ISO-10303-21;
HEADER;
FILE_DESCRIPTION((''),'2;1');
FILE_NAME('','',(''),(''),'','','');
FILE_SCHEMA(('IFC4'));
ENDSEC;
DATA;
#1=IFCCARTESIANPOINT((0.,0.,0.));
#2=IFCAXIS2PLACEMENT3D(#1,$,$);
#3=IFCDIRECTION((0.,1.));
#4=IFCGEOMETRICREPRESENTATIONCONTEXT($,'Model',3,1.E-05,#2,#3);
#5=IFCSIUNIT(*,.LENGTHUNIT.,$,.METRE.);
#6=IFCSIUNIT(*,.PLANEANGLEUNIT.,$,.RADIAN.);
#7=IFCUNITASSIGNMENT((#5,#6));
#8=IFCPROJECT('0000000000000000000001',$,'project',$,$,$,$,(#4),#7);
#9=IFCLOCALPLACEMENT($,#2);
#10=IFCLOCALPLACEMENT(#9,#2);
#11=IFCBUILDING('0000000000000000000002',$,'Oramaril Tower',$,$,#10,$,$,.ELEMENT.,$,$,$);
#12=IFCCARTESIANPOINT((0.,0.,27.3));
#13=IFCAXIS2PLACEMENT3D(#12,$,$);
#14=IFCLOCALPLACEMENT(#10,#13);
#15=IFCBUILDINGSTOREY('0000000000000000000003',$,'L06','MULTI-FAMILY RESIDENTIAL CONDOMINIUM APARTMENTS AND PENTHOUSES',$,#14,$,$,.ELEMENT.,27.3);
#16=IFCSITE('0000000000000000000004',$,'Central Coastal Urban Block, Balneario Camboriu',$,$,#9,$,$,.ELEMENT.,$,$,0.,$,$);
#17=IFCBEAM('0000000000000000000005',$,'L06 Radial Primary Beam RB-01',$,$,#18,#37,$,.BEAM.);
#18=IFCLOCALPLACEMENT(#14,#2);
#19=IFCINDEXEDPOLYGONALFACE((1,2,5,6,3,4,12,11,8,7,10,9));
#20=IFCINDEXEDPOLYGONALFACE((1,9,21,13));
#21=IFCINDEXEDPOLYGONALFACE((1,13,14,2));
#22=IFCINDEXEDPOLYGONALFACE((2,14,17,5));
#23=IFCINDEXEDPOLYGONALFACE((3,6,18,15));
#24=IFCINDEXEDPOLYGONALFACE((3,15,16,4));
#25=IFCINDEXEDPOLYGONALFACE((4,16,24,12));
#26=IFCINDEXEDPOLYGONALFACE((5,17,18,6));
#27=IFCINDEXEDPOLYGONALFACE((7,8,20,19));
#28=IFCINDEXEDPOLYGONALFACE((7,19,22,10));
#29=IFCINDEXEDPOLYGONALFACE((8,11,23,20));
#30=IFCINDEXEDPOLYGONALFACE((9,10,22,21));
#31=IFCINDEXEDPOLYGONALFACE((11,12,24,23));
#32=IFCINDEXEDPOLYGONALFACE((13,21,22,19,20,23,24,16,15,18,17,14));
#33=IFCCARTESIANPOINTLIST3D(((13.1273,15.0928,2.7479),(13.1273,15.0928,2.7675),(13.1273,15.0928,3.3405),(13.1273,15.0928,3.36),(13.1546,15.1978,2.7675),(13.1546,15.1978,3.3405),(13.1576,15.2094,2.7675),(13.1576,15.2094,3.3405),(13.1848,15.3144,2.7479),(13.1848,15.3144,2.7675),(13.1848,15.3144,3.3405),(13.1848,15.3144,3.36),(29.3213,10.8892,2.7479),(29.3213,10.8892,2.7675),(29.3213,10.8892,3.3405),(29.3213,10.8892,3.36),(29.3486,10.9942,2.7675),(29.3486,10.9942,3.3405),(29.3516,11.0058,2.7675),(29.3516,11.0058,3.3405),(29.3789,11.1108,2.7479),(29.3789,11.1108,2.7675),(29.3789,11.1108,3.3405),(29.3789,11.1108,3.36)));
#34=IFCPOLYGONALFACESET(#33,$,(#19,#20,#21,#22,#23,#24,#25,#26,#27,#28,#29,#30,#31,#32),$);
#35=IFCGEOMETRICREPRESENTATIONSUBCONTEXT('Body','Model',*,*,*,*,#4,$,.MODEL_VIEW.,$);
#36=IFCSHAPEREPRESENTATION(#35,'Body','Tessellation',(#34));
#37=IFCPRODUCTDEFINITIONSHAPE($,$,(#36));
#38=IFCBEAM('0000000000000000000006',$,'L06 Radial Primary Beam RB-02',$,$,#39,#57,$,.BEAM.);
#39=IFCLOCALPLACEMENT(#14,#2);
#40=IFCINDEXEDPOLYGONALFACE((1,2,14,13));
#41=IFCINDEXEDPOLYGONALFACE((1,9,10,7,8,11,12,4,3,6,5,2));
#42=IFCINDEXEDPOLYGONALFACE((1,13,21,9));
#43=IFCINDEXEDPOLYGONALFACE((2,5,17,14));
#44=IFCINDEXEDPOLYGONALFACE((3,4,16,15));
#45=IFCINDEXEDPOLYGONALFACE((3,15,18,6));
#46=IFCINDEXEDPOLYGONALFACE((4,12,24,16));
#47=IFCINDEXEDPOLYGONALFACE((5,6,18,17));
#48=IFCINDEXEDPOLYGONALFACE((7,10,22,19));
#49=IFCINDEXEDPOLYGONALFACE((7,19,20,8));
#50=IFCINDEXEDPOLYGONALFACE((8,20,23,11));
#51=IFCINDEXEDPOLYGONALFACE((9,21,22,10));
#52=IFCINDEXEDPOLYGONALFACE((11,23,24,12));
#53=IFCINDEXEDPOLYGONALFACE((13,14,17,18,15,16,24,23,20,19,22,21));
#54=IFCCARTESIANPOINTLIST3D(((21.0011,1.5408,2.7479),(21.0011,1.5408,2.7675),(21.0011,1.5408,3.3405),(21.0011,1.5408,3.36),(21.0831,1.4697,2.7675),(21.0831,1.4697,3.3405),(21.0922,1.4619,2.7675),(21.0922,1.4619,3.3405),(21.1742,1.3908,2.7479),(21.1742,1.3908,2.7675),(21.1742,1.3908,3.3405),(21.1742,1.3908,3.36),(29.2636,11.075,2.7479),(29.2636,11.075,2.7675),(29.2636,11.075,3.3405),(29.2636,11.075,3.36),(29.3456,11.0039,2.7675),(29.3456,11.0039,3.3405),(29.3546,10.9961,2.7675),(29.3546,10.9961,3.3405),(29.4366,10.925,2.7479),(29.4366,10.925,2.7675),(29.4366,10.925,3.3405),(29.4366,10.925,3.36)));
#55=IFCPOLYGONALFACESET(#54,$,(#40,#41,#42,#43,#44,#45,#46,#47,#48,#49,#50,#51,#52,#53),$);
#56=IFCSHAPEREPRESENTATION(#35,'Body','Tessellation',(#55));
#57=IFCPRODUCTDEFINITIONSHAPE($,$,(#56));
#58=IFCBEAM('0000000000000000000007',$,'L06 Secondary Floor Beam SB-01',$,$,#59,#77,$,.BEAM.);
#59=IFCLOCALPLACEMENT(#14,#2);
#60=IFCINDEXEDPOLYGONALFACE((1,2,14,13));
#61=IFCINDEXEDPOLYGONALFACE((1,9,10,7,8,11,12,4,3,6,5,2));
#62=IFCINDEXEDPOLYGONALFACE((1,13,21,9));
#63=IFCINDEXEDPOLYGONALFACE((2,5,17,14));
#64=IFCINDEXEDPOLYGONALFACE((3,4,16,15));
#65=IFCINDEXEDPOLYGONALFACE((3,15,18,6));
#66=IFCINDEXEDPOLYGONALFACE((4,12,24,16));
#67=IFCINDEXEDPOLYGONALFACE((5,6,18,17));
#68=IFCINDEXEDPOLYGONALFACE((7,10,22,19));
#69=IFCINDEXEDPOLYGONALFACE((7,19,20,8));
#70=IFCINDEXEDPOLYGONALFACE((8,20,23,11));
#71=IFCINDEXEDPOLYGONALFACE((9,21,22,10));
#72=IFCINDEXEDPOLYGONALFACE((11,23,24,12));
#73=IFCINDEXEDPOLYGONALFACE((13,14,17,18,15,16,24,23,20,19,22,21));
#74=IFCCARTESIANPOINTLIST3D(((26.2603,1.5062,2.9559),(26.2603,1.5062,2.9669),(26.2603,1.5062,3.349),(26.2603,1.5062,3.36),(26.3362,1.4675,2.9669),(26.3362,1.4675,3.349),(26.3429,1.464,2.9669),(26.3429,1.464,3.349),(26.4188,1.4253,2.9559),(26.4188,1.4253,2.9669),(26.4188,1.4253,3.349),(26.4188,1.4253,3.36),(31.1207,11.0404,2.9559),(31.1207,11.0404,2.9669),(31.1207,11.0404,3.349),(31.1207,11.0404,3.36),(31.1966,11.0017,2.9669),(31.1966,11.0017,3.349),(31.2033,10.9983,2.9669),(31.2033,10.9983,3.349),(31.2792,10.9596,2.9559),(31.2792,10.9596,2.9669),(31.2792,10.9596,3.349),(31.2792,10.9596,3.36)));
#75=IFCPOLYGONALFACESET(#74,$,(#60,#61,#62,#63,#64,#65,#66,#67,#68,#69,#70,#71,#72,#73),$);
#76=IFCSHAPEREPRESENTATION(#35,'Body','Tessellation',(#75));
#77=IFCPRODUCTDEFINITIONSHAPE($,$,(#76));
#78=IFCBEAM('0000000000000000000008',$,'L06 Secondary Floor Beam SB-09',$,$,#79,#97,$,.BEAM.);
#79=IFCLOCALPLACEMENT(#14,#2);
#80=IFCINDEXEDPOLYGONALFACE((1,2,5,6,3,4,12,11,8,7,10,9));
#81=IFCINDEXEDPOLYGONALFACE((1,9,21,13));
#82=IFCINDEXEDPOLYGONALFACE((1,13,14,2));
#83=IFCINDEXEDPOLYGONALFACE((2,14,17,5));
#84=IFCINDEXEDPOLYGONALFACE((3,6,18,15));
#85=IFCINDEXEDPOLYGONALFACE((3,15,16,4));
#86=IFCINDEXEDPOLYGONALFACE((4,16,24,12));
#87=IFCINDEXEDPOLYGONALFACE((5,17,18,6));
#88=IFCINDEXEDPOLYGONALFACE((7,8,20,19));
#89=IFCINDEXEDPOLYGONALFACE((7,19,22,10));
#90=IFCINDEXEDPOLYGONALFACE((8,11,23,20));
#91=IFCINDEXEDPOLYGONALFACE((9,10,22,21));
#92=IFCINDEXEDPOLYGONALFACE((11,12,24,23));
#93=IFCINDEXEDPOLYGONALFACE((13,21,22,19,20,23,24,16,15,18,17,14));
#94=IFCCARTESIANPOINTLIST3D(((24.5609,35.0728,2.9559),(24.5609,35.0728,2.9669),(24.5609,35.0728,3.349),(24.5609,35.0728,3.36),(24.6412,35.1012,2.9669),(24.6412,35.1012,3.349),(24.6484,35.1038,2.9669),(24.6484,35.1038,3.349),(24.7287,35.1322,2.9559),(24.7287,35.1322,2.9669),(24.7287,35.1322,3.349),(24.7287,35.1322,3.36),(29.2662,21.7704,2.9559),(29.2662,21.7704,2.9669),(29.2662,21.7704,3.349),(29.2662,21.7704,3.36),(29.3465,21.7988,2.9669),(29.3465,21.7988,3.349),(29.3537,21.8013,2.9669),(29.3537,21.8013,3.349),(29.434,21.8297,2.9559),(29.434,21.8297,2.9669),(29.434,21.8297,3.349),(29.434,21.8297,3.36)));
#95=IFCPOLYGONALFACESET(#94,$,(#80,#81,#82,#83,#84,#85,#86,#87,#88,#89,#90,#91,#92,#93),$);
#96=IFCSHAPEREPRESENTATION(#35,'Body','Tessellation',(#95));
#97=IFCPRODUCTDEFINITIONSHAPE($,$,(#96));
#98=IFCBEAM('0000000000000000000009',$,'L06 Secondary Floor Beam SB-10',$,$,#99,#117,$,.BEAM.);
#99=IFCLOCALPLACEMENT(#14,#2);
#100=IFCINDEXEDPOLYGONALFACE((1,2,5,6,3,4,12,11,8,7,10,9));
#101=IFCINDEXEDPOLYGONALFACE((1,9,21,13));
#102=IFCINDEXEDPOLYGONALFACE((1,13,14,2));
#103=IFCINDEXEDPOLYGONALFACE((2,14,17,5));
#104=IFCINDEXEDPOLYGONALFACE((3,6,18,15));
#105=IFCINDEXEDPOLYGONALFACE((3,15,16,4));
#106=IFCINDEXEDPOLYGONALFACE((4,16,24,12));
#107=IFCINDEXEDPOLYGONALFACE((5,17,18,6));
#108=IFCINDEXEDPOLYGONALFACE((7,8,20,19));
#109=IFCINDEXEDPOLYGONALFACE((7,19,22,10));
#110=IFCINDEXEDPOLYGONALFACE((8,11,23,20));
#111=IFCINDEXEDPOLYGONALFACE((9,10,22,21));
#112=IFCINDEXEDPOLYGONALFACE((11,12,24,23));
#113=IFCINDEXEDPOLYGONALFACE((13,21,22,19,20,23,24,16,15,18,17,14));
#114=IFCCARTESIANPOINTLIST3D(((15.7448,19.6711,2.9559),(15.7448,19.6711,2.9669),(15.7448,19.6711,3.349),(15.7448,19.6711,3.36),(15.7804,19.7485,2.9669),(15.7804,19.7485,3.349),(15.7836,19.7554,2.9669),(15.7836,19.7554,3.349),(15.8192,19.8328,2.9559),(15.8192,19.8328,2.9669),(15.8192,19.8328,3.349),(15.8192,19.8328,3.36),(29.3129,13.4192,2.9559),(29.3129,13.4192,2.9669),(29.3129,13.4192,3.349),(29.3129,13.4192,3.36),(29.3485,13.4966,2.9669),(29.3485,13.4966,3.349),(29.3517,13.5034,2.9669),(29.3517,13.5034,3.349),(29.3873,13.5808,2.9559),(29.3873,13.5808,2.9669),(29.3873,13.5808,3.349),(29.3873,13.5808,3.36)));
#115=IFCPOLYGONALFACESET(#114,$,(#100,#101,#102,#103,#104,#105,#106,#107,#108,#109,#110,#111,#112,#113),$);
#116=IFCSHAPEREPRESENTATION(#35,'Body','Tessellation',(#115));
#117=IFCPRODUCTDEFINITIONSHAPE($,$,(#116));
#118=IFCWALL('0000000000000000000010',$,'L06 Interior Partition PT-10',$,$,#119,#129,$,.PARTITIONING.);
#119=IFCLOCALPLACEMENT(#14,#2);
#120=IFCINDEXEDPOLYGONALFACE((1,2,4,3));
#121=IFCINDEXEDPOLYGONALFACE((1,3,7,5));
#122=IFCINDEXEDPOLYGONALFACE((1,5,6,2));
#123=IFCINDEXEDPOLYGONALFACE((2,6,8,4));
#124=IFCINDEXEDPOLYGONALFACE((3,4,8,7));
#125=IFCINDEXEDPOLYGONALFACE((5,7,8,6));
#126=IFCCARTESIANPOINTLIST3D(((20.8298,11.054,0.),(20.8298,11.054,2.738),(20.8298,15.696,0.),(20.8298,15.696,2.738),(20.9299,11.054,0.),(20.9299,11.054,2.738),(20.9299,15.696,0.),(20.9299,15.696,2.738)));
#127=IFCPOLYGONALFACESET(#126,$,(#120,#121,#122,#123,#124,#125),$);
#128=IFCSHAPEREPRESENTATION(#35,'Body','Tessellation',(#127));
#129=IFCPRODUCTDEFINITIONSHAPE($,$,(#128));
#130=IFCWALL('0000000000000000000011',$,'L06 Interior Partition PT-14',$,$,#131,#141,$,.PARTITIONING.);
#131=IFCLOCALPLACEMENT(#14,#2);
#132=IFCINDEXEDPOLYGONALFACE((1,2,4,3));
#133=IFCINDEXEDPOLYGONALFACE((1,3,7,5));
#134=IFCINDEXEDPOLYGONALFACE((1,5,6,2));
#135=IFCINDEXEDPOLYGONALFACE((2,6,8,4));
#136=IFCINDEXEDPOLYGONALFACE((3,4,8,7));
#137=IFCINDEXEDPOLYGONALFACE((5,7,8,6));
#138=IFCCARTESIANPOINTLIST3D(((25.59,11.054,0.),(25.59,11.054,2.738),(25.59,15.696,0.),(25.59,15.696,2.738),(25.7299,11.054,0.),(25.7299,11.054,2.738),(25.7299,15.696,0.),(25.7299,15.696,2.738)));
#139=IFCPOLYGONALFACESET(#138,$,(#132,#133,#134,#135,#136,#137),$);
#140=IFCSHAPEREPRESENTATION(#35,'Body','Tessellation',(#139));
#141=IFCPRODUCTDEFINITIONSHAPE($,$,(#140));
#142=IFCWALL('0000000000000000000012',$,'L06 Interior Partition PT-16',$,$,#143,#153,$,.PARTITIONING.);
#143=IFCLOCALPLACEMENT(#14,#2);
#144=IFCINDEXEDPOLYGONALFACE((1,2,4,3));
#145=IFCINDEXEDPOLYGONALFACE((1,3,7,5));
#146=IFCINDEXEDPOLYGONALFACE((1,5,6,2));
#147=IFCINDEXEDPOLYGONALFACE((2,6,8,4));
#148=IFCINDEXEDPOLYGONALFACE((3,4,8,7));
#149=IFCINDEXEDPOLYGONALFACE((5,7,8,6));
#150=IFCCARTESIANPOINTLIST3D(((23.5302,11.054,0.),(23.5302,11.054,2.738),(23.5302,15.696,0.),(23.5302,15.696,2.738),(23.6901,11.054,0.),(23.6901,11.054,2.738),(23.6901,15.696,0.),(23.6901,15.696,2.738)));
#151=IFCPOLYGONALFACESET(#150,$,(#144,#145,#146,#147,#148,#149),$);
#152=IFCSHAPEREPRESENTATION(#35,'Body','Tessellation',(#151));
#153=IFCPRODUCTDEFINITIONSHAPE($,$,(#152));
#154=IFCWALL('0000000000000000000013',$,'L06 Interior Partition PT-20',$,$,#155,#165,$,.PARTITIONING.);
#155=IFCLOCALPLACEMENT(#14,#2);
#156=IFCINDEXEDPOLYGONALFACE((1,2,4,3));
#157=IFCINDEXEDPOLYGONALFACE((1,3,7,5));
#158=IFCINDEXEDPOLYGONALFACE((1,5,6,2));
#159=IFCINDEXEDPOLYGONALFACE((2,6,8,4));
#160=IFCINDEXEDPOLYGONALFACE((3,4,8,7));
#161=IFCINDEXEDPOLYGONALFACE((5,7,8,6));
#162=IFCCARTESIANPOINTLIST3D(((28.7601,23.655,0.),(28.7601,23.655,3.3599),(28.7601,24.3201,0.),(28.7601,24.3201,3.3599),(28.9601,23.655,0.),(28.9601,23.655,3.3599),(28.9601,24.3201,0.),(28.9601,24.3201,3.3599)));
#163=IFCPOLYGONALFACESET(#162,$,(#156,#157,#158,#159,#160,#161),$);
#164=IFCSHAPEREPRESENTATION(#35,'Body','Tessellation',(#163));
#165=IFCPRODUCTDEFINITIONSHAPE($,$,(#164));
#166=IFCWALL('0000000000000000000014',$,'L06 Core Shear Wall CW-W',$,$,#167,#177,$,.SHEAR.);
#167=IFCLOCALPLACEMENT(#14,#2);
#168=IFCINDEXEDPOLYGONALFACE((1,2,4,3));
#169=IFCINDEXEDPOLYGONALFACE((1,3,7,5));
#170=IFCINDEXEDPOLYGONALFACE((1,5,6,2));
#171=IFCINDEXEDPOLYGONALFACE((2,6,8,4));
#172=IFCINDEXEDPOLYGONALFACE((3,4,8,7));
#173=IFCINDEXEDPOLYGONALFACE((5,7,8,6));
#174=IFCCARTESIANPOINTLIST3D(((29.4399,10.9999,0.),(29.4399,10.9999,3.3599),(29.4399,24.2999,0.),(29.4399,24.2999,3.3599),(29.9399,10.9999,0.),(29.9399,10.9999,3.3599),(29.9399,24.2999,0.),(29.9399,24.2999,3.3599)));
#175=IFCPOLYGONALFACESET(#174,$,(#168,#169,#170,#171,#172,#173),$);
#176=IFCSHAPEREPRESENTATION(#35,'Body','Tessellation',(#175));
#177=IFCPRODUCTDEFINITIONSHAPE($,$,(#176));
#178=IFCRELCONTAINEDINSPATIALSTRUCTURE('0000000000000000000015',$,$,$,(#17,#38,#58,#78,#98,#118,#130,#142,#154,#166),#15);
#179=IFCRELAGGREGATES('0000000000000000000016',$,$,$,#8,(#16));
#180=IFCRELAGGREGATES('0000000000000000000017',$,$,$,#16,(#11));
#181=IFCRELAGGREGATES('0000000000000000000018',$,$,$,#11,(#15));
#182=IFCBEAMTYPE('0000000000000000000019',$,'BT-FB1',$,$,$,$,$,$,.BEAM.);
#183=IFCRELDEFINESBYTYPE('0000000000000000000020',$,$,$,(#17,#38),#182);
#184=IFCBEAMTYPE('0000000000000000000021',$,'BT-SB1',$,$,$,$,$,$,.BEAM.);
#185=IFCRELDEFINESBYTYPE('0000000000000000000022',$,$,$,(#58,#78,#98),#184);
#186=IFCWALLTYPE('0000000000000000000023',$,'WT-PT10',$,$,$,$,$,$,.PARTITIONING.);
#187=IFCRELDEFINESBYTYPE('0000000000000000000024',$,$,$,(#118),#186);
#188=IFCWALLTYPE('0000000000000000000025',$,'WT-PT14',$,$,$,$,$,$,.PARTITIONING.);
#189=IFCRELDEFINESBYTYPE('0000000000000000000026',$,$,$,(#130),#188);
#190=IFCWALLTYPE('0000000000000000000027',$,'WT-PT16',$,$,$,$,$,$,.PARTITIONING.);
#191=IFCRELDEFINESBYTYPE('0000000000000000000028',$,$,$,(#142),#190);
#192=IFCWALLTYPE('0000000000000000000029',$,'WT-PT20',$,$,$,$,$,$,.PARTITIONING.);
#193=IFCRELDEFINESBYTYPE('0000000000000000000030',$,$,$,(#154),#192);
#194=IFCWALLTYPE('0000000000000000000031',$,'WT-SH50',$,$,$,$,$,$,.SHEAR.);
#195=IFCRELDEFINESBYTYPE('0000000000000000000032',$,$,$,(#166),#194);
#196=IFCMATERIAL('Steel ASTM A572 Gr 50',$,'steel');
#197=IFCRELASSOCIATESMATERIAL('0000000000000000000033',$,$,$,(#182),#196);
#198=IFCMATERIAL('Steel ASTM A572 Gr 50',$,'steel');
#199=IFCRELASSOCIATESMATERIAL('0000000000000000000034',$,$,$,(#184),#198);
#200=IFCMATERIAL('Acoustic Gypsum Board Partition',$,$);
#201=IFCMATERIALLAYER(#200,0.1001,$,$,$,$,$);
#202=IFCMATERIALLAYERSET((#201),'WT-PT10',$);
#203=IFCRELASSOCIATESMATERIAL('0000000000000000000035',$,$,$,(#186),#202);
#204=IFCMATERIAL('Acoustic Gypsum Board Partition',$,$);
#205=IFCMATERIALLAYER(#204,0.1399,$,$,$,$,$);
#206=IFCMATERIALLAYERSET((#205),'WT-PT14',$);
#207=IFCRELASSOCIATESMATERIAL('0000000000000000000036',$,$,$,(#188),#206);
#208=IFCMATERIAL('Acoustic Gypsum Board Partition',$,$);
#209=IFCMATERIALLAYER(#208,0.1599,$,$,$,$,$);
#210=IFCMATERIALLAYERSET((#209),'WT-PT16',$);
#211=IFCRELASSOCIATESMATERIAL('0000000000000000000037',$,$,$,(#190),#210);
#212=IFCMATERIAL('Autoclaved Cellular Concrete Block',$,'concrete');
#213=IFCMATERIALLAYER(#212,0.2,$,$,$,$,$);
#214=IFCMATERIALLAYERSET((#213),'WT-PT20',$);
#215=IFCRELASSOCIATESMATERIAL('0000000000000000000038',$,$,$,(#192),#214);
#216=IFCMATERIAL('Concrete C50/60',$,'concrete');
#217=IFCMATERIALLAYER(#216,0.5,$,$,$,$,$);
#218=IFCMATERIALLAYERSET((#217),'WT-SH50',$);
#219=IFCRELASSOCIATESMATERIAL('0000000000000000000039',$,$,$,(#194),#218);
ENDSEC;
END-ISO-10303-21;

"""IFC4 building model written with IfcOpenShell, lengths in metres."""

from ifc_helpers import new_model, si_unit, direction, frame, frame_2d, origin, origin_2d, place, context, subcontext, project, spatial, rectangle, i_section, extrude, material, layer, layer_set, material_profile, profile_set, type_object, element, save


model = new_model("IFC4")

# Units and contexts
model_context = context("Model", 3, precision=1e-05, world=origin(), true_north=direction((0.0, 1.0)))
body_context = subcontext(model_context, "Body", "Model", "MODEL_VIEW")
ifc_project = project(units=[si_unit("LENGTHUNIT", "METRE"), si_unit("PLANEANGLEUNIT", "RADIAN")], contexts=[model_context])

# Site, building, storey
site_placement = place(None, origin())
site = spatial("IfcSite", under=ifc_project, at=site_placement, Name="Central Coastal Urban Block, Balneario Camboriu", CompositionType="ELEMENT", RefElevation=0.0)
building_placement = place(site_placement, origin())
building = spatial("IfcBuilding", under=site, at=building_placement, Name="Oramaril Tower", CompositionType="ELEMENT")
storey_placement = place(building_placement, frame((0.0, 0.0, 27.3)))
storey = spatial("IfcBuildingStorey", under=building, at=storey_placement, Name="L06", Description="MULTI-FAMILY RESIDENTIAL CONDOMINIUM APARTMENTS AND PENTHOUSES", CompositionType="ELEMENT", Elevation=27.3)

# Beams
ifc_material_1 = material(Name="Steel ASTM A572 Gr 50", Category="steel")
ifc_material_profile_1 = material_profile(ifc_material_1, i_section(OverallWidth=0.229, OverallDepth=0.6121, WebThickness=0.012, FlangeThickness=0.0195, at=origin_2d()), Name="W24X84")
ifc_profile_set_1 = profile_set([ifc_material_profile_1], Name="Steel ASTM A572 Gr 50")
beam_type_1 = type_object("IfcBeamType", Name="BT-FB1", PredefinedType="BEAM", material=ifc_profile_set_1)
beam_1_placement = place(storey_placement, frame((29.3501, 11.0, 3.054), z_axis=(-0.967922, 0.25125, 0.0), x_axis=(-0.25125, -0.967922, 0.0)))
element("IfcBeam", 1, at=beam_1_placement, inside=storey, type_object=beam_type_1, Name="L06 Radial Primary Beam RB-01", PredefinedType="BEAM", context=body_context, shape_type="SweptSolid", body=[
    extrude(i_section(OverallWidth=0.229, OverallDepth=0.6121, WebThickness=0.012, FlangeThickness=0.0195, at=origin_2d()), origin(), (0.0, 0.0, 1.0), 16.7307),
])
beam_2_placement = place(storey_placement, frame((29.3501, 11.0, 3.054), z_axis=(-0.654908, -0.755709, 0.0), x_axis=(0.755709, -0.654908, 0.0)))
element("IfcBeam", 2, at=beam_2_placement, inside=storey, type_object=beam_type_1, Name="L06 Radial Primary Beam RB-02", PredefinedType="BEAM", context=body_context, shape_type="SweptSolid", body=[
    extrude(i_section(OverallWidth=0.229, OverallDepth=0.6121, WebThickness=0.012, FlangeThickness=0.0195, at=origin_2d()), origin(), (0.0, 0.0, 1.0), 12.6162),
])
ifc_material_2 = material(Name="Steel ASTM A572 Gr 50", Category="steel")
ifc_material_profile_2 = material_profile(ifc_material_2, i_section(OverallWidth=0.178, OverallDepth=0.4041, WebThickness=0.0076, FlangeThickness=0.011, at=origin_2d()), Name="W16X36")
ifc_profile_set_2 = profile_set([ifc_material_profile_2], Name="Steel ASTM A572 Gr 50")
beam_type_2 = type_object("IfcBeamType", Name="BT-SB1", PredefinedType="BEAM", material=ifc_profile_set_2)
beam_3_placement = place(storey_placement, frame((31.2, 11.0, 3.158), z_axis=(-0.454172, -0.890914, 0.0), x_axis=(0.890914, -0.454172, 0.0)))
element("IfcBeam", 3, at=beam_3_placement, inside=storey, type_object=beam_type_2, Name="L06 Secondary Floor Beam SB-01", PredefinedType="BEAM", context=body_context, shape_type="SweptSolid", body=[
    extrude(i_section(OverallWidth=0.178, OverallDepth=0.4041, WebThickness=0.0076, FlangeThickness=0.011, at=origin_2d()), origin(), (0.0, 0.0, 1.0), 10.7017),
])
beam_4_placement = place(storey_placement, frame((29.3501, 21.8, 3.158), z_axis=(-0.333471, 0.94276, 0.0), x_axis=(-0.94276, -0.333471, 0.0)))
element("IfcBeam", 4, at=beam_4_placement, inside=storey, type_object=beam_type_2, Name="L06 Secondary Floor Beam SB-09", PredefinedType="BEAM", context=body_context, shape_type="SweptSolid", body=[
    extrude(i_section(OverallWidth=0.178, OverallDepth=0.4041, WebThickness=0.0076, FlangeThickness=0.011, at=origin_2d()), origin(), (0.0, 0.0, 1.0), 14.1101),
])
beam_5_placement = place(storey_placement, frame((29.3501, 13.5, 3.158), z_axis=(-0.90822, 0.418492, 0.0), x_axis=(-0.418492, -0.90822, 0.0)))
element("IfcBeam", 5, at=beam_5_placement, inside=storey, type_object=beam_type_2, Name="L06 Secondary Floor Beam SB-10", PredefinedType="BEAM", context=body_context, shape_type="SweptSolid", body=[
    extrude(i_section(OverallWidth=0.178, OverallDepth=0.4041, WebThickness=0.0076, FlangeThickness=0.011, at=origin_2d()), origin(), (0.0, 0.0, 1.0), 14.9392),
])

# Walls
ifc_material_3 = material(Name="Acoustic Gypsum Board Partition")
ifc_layer_1 = layer(ifc_material_3, 0.1001)
ifc_layer_set_1 = layer_set([ifc_layer_1], Name="WT-PT10")
wall_type_1 = type_object("IfcWallType", Name="WT-PT10", PredefinedType="PARTITIONING", material=ifc_layer_set_1)
wall_1_placement = place(storey_placement, frame((20.8799, 11.054, 0.0), z_axis=(0.0, 0.0, 1.0), x_axis=(0.0, 1.0, 0.0)))
element("IfcWall", 6, at=wall_1_placement, inside=storey, type_object=wall_type_1, Name="L06 Interior Partition PT-10", PredefinedType="PARTITIONING", context=body_context, shape_type="SweptSolid", body=[
    extrude(rectangle(XDim=4.6421, YDim=0.1001, at=frame_2d((2.321, 0.0))), origin(), (0.0, 0.0, 1.0), 2.738),
])
ifc_material_4 = material(Name="Acoustic Gypsum Board Partition")
ifc_layer_2 = layer(ifc_material_4, 0.1399)
ifc_layer_set_2 = layer_set([ifc_layer_2], Name="WT-PT14")
wall_type_2 = type_object("IfcWallType", Name="WT-PT14", PredefinedType="PARTITIONING", material=ifc_layer_set_2)
wall_2_placement = place(storey_placement, frame((25.6599, 11.054, 0.0), z_axis=(0.0, 0.0, 1.0), x_axis=(0.0, 1.0, 0.0)))
element("IfcWall", 7, at=wall_2_placement, inside=storey, type_object=wall_type_2, Name="L06 Interior Partition PT-14", PredefinedType="PARTITIONING", context=body_context, shape_type="SweptSolid", body=[
    extrude(rectangle(XDim=4.6421, YDim=0.1399, at=frame_2d((2.321, 0.0))), origin(), (0.0, 0.0, 1.0), 2.738),
])
ifc_material_5 = material(Name="Acoustic Gypsum Board Partition")
ifc_layer_3 = layer(ifc_material_5, 0.1599)
ifc_layer_set_3 = layer_set([ifc_layer_3], Name="WT-PT16")
wall_type_3 = type_object("IfcWallType", Name="WT-PT16", PredefinedType="PARTITIONING", material=ifc_layer_set_3)
wall_3_placement = place(storey_placement, frame((23.6101, 11.054, 0.0), z_axis=(0.0, 0.0, 1.0), x_axis=(0.0, 1.0, 0.0)))
element("IfcWall", 8, at=wall_3_placement, inside=storey, type_object=wall_type_3, Name="L06 Interior Partition PT-16", PredefinedType="PARTITIONING", context=body_context, shape_type="SweptSolid", body=[
    extrude(rectangle(XDim=4.6421, YDim=0.1599, at=frame_2d((2.321, 0.0))), origin(), (0.0, 0.0, 1.0), 2.738),
])

# Shared definitions
ifc_material_6 = material(Name="Autoclaved Cellular Concrete Block", Category="concrete")
ifc_layer_4 = layer(ifc_material_6, 0.2)
ifc_layer_set_4 = layer_set([ifc_layer_4], Name="WT-PT20")
wall_type_4 = type_object("IfcWallType", Name="WT-PT20", PredefinedType="PARTITIONING", material=ifc_layer_set_4)

# Wall
wall_4_placement = place(storey_placement, frame((28.8601, 23.655, 0.0), z_axis=(0.0, 0.0, 1.0), x_axis=(0.0, 1.0, 0.0)))
element("IfcWall", 9, at=wall_4_placement, inside=storey, type_object=wall_type_4, Name="L06 Interior Partition PT-20", PredefinedType="PARTITIONING", context=body_context, shape_type="SweptSolid", body=[
    extrude(rectangle(XDim=0.665, YDim=0.2, at=frame_2d((0.3325, 0.0))), origin(), (0.0, 0.0, 1.0), 3.3599),
])

# Wall
ifc_material_7 = material(Name="Concrete C50/60", Category="concrete")
ifc_layer_5 = layer(ifc_material_7, 0.5)
ifc_layer_set_5 = layer_set([ifc_layer_5], Name="WT-SH50")
wall_type_5 = type_object("IfcWallType", Name="WT-SH50", PredefinedType="SHEAR", material=ifc_layer_set_5)
wall_5_placement = place(storey_placement, frame((29.6899, 11.0, 0.0), z_axis=(0.0, 0.0, 1.0), x_axis=(0.0, 1.0, 0.0)))
element("IfcWall", 10, at=wall_5_placement, inside=storey, type_object=wall_type_5, Name="L06 Core Shear Wall CW-W", PredefinedType="SHEAR", context=body_context, shape_type="SweptSolid", body=[
    extrude(rectangle(XDim=13.3, YDim=0.5, at=frame_2d((6.6499, 0.0))), origin(), (0.0, 0.0, 1.0), 3.3599),
])

save(model, "model.ifc")
